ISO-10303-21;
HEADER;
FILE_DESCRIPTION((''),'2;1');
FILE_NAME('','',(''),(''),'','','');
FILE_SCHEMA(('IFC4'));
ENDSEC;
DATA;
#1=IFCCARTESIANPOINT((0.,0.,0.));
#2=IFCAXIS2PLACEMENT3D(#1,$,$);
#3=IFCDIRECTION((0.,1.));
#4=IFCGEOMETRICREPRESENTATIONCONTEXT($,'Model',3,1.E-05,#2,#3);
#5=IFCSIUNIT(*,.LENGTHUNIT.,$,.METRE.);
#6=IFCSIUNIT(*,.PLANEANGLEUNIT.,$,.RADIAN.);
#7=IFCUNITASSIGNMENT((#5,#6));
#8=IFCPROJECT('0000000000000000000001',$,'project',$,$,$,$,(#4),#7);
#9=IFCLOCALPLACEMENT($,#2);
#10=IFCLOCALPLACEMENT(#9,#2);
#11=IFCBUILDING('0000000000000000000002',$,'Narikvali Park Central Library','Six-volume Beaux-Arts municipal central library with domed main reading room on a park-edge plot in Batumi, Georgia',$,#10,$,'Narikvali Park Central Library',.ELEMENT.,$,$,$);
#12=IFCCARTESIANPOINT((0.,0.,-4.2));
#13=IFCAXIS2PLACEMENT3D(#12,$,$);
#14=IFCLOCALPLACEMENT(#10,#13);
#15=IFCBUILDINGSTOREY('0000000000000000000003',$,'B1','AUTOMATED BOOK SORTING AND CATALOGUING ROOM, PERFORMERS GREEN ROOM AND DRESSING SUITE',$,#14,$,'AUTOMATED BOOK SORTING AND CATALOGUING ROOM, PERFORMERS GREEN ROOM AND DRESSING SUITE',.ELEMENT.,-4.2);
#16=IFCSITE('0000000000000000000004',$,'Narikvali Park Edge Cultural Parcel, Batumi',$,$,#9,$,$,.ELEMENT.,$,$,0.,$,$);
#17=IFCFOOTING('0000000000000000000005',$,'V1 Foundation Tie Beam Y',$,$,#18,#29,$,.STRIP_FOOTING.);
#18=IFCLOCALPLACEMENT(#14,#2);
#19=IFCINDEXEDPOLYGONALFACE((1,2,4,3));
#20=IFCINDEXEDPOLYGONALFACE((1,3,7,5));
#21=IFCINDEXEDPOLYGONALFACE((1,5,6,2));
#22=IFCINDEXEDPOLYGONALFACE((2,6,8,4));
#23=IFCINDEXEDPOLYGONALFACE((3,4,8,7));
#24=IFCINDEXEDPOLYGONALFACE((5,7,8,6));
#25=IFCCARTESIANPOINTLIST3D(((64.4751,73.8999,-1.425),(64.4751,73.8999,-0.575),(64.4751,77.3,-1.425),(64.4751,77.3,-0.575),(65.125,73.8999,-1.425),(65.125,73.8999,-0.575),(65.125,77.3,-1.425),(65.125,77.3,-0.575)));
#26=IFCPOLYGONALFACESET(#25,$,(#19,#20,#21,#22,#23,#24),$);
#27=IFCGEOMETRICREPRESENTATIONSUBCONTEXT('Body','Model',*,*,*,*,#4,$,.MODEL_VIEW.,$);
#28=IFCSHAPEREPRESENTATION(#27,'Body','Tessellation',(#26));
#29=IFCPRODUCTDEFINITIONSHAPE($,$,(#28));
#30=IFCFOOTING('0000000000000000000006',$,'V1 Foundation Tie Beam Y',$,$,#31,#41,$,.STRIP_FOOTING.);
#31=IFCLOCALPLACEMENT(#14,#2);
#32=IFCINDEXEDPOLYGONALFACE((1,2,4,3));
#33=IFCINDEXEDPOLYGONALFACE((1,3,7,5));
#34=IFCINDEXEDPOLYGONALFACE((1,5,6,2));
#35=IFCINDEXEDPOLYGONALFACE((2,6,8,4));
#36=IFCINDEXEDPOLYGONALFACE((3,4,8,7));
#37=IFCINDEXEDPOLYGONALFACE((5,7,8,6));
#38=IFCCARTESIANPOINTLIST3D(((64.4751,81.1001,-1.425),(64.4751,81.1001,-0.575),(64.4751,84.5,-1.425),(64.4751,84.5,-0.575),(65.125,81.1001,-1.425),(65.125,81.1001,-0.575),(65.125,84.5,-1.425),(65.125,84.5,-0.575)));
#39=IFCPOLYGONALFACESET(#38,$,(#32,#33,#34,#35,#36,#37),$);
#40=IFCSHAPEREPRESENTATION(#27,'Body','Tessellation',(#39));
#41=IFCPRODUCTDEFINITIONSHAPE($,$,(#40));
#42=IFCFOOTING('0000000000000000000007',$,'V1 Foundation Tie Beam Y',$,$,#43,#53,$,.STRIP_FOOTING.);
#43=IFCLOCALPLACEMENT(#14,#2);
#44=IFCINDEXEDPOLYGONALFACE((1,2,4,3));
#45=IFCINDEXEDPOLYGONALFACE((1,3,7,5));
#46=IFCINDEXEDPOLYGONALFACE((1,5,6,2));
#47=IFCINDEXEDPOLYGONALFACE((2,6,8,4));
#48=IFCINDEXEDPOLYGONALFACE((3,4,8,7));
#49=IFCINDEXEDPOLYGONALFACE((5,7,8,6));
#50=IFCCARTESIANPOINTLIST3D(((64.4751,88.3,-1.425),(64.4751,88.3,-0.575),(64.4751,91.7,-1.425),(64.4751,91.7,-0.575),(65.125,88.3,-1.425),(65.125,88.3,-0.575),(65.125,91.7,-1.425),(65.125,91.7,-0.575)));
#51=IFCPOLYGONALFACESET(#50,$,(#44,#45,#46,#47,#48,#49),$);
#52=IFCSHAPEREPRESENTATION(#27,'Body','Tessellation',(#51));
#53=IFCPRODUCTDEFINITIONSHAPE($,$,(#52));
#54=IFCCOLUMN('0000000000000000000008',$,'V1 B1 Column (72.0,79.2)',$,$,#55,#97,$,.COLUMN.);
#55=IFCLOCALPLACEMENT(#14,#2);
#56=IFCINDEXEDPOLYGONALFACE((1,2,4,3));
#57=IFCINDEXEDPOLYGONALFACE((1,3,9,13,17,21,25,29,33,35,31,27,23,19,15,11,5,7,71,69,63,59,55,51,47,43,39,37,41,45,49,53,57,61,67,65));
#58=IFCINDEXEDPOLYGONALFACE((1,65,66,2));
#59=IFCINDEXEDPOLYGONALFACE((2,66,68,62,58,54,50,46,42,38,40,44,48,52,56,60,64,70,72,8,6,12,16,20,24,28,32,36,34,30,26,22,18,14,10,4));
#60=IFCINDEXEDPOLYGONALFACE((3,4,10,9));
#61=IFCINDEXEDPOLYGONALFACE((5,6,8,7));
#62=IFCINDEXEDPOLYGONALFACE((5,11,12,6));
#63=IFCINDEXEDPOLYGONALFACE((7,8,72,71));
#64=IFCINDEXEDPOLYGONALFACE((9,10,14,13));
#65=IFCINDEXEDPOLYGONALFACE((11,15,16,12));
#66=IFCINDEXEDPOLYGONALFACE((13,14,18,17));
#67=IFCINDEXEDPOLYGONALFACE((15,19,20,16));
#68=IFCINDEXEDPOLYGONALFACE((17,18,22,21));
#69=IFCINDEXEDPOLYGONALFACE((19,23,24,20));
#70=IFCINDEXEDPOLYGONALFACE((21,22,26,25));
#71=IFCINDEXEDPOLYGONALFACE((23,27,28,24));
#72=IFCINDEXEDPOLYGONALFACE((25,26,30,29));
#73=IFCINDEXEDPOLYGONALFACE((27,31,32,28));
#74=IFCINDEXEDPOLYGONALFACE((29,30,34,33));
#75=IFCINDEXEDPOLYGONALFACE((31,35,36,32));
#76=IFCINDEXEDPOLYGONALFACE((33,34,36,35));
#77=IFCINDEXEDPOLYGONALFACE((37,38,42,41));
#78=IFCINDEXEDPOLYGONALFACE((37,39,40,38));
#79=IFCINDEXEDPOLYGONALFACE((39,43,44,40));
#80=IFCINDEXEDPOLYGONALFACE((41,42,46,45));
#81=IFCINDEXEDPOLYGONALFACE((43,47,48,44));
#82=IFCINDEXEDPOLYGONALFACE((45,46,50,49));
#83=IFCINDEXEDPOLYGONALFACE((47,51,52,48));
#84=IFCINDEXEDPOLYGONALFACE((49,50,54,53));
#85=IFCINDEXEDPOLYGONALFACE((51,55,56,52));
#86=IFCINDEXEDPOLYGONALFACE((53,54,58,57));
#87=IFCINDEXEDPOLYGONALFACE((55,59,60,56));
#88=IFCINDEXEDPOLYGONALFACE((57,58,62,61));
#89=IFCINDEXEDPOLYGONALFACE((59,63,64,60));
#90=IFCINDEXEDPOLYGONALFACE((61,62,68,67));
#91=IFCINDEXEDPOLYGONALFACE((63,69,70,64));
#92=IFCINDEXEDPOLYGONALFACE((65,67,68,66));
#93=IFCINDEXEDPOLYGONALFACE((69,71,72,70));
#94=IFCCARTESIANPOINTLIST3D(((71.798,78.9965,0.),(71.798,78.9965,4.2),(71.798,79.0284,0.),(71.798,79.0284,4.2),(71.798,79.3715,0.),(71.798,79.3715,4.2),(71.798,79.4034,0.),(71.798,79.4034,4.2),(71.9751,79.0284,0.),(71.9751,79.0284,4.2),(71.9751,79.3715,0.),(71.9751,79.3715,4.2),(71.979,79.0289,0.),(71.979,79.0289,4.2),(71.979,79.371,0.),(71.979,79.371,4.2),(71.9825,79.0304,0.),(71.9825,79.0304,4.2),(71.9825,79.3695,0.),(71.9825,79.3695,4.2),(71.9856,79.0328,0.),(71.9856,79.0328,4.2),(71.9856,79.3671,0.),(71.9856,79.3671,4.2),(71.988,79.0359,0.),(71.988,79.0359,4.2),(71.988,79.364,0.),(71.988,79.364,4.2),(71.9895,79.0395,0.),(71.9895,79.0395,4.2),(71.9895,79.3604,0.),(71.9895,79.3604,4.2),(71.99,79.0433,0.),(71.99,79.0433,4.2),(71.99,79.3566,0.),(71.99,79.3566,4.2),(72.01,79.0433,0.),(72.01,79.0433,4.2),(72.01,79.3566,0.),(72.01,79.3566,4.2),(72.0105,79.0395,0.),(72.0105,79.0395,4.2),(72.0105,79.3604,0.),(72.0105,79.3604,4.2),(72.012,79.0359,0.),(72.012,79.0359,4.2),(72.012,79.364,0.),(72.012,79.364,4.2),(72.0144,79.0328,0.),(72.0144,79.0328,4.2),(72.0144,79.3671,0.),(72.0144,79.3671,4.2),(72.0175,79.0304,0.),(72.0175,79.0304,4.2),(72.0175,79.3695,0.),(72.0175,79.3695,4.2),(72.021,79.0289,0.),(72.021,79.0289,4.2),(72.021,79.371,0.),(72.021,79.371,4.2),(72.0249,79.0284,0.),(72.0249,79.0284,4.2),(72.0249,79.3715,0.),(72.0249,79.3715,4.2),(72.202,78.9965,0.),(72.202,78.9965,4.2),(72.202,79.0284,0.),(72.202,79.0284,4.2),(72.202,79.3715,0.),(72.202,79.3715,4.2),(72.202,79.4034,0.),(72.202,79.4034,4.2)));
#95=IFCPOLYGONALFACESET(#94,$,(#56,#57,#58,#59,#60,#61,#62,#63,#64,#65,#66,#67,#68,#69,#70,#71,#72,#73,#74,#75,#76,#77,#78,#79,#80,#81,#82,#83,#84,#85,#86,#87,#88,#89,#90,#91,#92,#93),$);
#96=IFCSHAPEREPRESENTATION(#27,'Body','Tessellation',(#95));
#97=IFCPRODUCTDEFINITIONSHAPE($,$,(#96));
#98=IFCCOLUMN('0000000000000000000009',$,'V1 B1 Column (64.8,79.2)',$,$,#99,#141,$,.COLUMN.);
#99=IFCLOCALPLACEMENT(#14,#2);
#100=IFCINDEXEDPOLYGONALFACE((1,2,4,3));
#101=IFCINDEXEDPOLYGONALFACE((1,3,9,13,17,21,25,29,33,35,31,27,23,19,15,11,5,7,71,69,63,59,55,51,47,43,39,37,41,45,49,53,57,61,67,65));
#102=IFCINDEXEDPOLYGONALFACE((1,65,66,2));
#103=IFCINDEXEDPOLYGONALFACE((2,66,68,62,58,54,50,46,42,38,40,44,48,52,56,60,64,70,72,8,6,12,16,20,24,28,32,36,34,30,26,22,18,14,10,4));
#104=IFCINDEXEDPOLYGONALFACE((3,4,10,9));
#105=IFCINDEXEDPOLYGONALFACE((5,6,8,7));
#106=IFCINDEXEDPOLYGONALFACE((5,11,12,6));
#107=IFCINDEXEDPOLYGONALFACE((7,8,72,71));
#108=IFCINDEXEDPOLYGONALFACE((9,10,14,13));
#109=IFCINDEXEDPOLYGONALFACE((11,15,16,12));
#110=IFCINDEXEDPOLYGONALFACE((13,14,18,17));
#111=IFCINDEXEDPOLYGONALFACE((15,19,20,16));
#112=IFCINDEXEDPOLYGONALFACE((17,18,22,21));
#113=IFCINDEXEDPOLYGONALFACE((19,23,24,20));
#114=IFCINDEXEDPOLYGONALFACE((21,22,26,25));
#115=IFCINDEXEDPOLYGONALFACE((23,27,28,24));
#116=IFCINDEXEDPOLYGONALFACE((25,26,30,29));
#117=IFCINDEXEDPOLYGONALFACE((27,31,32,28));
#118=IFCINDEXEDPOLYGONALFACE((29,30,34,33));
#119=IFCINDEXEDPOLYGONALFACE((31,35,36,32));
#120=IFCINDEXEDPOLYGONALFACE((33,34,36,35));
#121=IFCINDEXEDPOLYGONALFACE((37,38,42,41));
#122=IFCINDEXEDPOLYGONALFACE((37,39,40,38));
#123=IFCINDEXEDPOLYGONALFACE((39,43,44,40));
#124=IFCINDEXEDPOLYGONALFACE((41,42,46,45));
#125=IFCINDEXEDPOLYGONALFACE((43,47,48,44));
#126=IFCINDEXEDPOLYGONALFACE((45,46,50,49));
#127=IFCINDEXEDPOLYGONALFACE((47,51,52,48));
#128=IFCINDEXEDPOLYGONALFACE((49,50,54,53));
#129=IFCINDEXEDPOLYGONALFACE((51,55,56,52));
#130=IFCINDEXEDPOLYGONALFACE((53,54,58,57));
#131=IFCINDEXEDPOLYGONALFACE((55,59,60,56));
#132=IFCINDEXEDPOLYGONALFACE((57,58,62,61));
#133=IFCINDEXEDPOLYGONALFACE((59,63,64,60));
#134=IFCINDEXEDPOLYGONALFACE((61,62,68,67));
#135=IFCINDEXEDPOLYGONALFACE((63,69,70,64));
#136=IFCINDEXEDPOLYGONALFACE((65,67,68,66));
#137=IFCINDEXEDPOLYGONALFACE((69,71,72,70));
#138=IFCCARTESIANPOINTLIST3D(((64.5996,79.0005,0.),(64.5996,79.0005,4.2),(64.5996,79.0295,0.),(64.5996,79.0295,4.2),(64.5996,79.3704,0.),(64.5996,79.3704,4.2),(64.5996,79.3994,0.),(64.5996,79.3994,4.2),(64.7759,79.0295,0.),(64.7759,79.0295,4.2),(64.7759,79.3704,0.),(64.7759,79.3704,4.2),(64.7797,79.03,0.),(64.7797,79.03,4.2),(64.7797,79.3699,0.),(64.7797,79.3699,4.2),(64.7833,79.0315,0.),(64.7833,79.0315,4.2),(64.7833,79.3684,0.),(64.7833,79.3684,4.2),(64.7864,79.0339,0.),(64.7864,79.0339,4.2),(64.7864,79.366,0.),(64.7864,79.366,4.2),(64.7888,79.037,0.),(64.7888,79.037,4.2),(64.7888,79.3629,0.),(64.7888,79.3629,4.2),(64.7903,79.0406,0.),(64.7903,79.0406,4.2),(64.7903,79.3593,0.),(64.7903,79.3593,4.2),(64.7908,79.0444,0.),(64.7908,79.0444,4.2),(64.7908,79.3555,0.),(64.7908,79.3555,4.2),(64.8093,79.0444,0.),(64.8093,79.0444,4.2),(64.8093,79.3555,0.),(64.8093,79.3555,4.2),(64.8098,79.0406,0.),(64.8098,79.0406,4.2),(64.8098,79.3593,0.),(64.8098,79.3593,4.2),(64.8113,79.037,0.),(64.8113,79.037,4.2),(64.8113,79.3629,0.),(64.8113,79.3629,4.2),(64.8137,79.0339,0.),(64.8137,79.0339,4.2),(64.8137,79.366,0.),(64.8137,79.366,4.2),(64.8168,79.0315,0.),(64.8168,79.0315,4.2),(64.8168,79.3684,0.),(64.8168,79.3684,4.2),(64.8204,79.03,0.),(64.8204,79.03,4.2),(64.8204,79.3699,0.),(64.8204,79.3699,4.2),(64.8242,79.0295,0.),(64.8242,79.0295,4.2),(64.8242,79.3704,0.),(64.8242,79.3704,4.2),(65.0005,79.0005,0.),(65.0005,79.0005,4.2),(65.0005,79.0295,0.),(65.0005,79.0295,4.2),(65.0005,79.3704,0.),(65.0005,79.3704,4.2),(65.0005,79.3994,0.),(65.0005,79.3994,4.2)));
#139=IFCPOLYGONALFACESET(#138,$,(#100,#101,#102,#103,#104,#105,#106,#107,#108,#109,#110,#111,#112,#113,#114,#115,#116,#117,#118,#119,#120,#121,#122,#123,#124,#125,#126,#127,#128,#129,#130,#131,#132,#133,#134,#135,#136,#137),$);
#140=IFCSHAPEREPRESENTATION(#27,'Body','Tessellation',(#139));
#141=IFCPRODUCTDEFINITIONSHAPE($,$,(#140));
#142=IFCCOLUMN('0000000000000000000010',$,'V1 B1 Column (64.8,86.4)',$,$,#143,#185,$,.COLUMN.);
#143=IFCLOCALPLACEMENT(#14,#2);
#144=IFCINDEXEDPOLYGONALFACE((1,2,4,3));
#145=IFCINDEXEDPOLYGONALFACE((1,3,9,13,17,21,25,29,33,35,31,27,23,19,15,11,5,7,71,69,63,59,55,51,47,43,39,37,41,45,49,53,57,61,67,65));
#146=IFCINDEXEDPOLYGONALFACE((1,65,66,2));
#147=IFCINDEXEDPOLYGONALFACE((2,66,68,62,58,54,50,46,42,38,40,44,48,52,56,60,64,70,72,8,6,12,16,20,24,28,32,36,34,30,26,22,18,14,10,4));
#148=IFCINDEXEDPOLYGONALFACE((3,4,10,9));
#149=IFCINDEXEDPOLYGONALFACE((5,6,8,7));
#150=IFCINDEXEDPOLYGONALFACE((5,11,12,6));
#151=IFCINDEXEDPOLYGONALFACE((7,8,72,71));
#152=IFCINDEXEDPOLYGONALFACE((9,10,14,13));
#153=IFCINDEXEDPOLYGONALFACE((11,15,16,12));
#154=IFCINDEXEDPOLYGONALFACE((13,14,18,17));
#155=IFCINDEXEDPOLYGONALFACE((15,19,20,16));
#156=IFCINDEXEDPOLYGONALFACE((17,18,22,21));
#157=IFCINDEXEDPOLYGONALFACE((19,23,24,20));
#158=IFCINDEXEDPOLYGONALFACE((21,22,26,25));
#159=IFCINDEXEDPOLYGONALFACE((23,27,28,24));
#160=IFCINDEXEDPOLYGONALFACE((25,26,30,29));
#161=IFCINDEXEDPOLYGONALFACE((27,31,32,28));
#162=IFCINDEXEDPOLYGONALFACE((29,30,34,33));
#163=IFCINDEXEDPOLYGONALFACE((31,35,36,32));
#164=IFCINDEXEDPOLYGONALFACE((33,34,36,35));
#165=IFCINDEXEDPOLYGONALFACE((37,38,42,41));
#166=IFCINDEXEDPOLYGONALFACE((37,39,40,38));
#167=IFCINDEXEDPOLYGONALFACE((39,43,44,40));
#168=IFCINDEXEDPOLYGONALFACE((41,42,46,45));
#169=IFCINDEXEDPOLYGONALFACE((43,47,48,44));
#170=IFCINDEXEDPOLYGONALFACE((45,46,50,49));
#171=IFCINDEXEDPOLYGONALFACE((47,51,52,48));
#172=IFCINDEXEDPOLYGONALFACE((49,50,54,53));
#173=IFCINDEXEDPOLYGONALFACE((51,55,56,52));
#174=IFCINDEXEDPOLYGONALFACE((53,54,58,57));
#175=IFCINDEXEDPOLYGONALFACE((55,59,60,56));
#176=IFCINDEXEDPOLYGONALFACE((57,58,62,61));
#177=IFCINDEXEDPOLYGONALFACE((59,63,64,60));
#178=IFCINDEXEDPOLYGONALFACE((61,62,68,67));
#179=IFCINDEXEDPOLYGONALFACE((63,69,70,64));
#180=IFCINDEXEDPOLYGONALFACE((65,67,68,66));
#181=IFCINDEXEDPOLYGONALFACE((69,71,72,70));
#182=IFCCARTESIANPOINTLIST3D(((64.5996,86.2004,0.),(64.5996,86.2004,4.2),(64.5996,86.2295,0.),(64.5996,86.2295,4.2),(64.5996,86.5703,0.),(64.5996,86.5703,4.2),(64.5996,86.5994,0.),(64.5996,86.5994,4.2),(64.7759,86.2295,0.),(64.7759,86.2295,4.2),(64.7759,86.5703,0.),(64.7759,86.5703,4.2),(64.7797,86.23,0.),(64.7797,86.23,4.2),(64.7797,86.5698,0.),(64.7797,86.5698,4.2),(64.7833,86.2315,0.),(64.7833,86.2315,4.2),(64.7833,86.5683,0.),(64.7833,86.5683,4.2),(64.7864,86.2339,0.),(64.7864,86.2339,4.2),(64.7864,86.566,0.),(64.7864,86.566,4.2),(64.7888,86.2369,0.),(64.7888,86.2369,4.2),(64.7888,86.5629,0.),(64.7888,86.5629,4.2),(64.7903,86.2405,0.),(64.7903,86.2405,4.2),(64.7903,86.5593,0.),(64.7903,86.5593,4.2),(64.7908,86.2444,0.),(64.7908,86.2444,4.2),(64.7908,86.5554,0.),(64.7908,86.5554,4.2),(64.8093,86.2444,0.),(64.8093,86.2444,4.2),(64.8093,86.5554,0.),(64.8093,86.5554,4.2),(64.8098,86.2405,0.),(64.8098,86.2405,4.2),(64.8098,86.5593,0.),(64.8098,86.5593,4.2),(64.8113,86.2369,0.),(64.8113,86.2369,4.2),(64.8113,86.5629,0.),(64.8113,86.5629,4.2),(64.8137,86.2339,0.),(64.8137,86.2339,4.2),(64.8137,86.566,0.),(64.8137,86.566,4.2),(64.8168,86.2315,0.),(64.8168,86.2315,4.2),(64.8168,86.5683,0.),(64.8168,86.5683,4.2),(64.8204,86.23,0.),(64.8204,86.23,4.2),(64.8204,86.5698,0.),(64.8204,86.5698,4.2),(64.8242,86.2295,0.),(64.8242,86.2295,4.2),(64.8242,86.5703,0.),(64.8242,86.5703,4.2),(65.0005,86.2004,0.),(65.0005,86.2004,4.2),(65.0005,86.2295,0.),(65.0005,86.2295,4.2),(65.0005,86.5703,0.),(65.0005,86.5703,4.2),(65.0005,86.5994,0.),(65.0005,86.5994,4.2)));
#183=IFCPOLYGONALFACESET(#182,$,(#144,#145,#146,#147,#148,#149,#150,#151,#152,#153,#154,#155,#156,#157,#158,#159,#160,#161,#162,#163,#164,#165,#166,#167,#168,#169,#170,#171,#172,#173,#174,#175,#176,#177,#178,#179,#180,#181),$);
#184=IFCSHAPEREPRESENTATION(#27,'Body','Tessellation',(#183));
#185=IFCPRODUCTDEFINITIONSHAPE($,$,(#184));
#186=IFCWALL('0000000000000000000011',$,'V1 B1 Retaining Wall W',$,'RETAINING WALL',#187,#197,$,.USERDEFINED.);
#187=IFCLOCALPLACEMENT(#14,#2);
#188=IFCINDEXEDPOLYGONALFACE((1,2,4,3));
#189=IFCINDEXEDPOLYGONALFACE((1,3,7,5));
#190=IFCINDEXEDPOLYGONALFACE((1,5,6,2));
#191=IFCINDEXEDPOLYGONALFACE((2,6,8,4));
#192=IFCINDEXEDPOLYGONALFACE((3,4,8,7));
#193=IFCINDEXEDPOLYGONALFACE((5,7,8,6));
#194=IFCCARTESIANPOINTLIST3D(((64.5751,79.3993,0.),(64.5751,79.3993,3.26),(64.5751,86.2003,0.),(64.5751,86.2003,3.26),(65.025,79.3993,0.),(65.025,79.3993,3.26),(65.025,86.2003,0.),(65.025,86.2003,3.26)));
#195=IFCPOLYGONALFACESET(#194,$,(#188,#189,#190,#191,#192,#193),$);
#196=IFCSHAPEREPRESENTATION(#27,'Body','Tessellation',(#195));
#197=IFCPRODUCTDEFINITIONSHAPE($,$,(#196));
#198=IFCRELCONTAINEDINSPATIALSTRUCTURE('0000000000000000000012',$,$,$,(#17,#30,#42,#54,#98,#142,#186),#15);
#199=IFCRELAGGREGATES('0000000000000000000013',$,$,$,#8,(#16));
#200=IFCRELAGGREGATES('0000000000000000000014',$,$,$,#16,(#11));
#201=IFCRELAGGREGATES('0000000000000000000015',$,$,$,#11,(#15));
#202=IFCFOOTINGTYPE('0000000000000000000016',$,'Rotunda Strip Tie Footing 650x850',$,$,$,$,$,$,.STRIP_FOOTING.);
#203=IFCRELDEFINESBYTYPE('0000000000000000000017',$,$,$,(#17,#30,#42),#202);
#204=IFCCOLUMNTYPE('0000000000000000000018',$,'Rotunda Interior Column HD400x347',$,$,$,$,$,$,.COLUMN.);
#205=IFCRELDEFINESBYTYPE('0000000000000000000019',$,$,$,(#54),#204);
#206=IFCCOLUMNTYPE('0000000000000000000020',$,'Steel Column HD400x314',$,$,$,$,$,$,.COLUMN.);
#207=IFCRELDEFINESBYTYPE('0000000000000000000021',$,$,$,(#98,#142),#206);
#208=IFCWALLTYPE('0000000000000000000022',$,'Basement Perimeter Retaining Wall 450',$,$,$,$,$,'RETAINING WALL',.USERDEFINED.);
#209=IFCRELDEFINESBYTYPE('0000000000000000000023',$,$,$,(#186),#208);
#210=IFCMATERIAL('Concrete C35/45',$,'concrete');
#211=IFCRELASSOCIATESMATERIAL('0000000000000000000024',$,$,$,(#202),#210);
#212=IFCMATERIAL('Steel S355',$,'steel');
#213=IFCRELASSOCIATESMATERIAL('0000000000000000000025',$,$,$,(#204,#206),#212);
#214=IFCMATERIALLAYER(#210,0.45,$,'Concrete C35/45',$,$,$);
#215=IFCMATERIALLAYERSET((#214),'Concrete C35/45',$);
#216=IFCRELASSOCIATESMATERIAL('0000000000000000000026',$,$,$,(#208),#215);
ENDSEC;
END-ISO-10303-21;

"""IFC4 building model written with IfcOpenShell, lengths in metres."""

from ifc_helpers import new_model, si_unit, direction, frame, frame_2d, origin, origin_2d, place, context, subcontext, project, spatial, rectangle, i_section, extrude, material, layer, layer_set, material_profile, profile_set, type_object, element, save


model = new_model("IFC4")

# Units and contexts
model_context = context("Model", 3, precision=1e-05, world=origin(), true_north=direction((0.0, 1.0)))
body_context = subcontext(model_context, "Body", "Model", "MODEL_VIEW")
ifc_project = project(units=[si_unit("LENGTHUNIT", "METRE"), si_unit("PLANEANGLEUNIT", "RADIAN")], contexts=[model_context])

# Site, building, storey
site_placement = place(None, origin())
site = spatial("IfcSite", under=ifc_project, at=site_placement, Name="Narikvali Park Edge Cultural Parcel, Batumi", CompositionType="ELEMENT", RefElevation=0.0)
building_placement = place(site_placement, origin())
building = spatial("IfcBuilding", under=site, at=building_placement, Name="Narikvali Park Central Library", Description="Six-volume Beaux-Arts municipal central library with domed main reading room on a park-edge plot in Batumi, Georgia", LongName="Narikvali Park Central Library", CompositionType="ELEMENT")
storey_placement = place(building_placement, frame((0.0, 0.0, -4.2)))
storey = spatial("IfcBuildingStorey", under=building, at=storey_placement, Name="B1", Description="AUTOMATED BOOK SORTING AND CATALOGUING ROOM, PERFORMERS GREEN ROOM AND DRESSING SUITE", LongName="AUTOMATED BOOK SORTING AND CATALOGUING ROOM, PERFORMERS GREEN ROOM AND DRESSING SUITE", CompositionType="ELEMENT", Elevation=-4.2)

# Shared definitions
ifc_material_1 = material(Name="Concrete C35/45", Category="concrete")

# Footings
ifc_material_profile_1 = material_profile(ifc_material_1, rectangle(XDim=0.6499, YDim=0.8501, at=origin_2d()), Name="RC GB 650x850")
ifc_profile_set_1 = profile_set([ifc_material_profile_1], Name="Concrete C35/45")
footing_type_1 = type_object("IfcFootingType", Name="Rotunda Strip Tie Footing 650x850", PredefinedType="STRIP_FOOTING", material=ifc_profile_set_1)
footing_placement = place(storey_placement, frame((64.8, 73.8999, -1.0), z_axis=(0.0, 1.0, 0.0), x_axis=(-1.0, 0.0, 0.0)))
element("IfcFooting", 1, at=footing_placement, inside=storey, type_object=footing_type_1, Name="V1 Foundation Tie Beam Y", PredefinedType="STRIP_FOOTING", context=body_context, shape_type="SweptSolid", body=[
    extrude(rectangle(XDim=0.6499, YDim=0.8501, at=origin_2d()), origin(), (0.0, 0.0, 1.0), 3.4001),
])
for number, where, z_axis, x_axis, name in (
    (2, (64.8, 81.1001, -1.0), (0.0, 1.0, 0.0), (-1.0, 0.0, 0.0), "V1 Foundation Tie Beam Y"),
    (3, (64.8, 88.3, -1.0), (0.0, 1.0, 0.0), (-1.0, 0.0, 0.0), "V1 Foundation Tie Beam Y"),
):
    element("IfcFooting", number, at=place(storey_placement, frame(where, z_axis=z_axis, x_axis=x_axis)), inside=storey, type_object=footing_type_1, Name=name, PredefinedType="STRIP_FOOTING", context=body_context, shape_type="SweptSolid", body=[
        extrude(rectangle(XDim=0.6499, YDim=0.8501, at=origin_2d()), origin(), (0.0, 0.0, 1.0), 3.3999),
    ])

# Columns
ifc_material_2 = material(Name="Steel S355", Category="steel")
ifc_material_profile_2 = material_profile(ifc_material_2, i_section(OverallWidth=0.4041, OverallDepth=0.407, WebThickness=0.02, FlangeThickness=0.032, FilletRadius=0.0149, at=origin_2d()), Name="HD 400x347")
ifc_profile_set_2 = profile_set([ifc_material_profile_2], Name="Steel S355")
column_type_1 = type_object("IfcColumnType", Name="Rotunda Interior Column HD400x347", PredefinedType="COLUMN", material=ifc_profile_set_2)
column_placement = place(storey_placement, frame((72.0, 79.2, 0.0), z_axis=(0.0, 0.0, 1.0), x_axis=(1.0, 0.0, 0.0)))
element("IfcColumn", 4, at=column_placement, inside=storey, type_object=column_type_1, Name="V1 B1 Column (72.0,79.2)", PredefinedType="COLUMN", context=body_context, shape_type="SweptSolid", body=[
    extrude(i_section(OverallWidth=0.4041, OverallDepth=0.407, WebThickness=0.02, FlangeThickness=0.032, FilletRadius=0.0149, at=origin_2d()), origin(), (0.0, 0.0, 1.0), 4.2),
])
ifc_material_profile_3 = material_profile(ifc_material_2, i_section(OverallWidth=0.4009, OverallDepth=0.3989, WebThickness=0.0186, FlangeThickness=0.0291, FilletRadius=0.0149, at=origin_2d()), Name="HD 400x314")
ifc_profile_set_3 = profile_set([ifc_material_profile_3], Name="Steel S355")
column_type_2 = type_object("IfcColumnType", Name="Steel Column HD400x314", PredefinedType="COLUMN", material=ifc_profile_set_3)
for number, where, z_axis, x_axis, name in (
    (5, (64.8, 79.2, 0.0), (0.0, 0.0, 1.0), (1.0, 0.0, 0.0), "V1 B1 Column (64.8,79.2)"),
    (6, (64.8, 86.3999, 0.0), (0.0, 0.0, 1.0), (1.0, 0.0, 0.0), "V1 B1 Column (64.8,86.4)"),
):
    element("IfcColumn", number, at=place(storey_placement, frame(where, z_axis=z_axis, x_axis=x_axis)), inside=storey, type_object=column_type_2, Name=name, PredefinedType="COLUMN", context=body_context, shape_type="SweptSolid", body=[
        extrude(i_section(OverallWidth=0.4009, OverallDepth=0.3989, WebThickness=0.0186, FlangeThickness=0.0291, FilletRadius=0.0149, at=origin_2d()), origin(), (0.0, 0.0, 1.0), 4.2),
    ])

# Wall
ifc_layer_1 = layer(ifc_material_1, 0.45, Name="Concrete C35/45")
ifc_layer_set_1 = layer_set([ifc_layer_1], Name="Concrete C35/45")
wall_type_1 = type_object("IfcWallType", Name="Basement Perimeter Retaining Wall 450", ElementType="RETAINING WALL", PredefinedType="USERDEFINED", material=ifc_layer_set_1)
wall_1_placement = place(storey_placement, frame((64.8, 79.3994, 0.0), z_axis=(0.0, 0.0, 1.0), x_axis=(0.0, 1.0, 0.0)))
element("IfcWall", 7, at=wall_1_placement, inside=storey, type_object=wall_type_1, Name="V1 B1 Retaining Wall W", ObjectType="RETAINING WALL", PredefinedType="USERDEFINED", context=body_context, shape_type="SweptSolid", body=[
    extrude(rectangle(XDim=6.801, YDim=0.45, at=frame_2d((3.4004, 0.0))), origin(), (0.0, 0.0, 1.0), 3.26),
])

save(model, "model.ifc")
